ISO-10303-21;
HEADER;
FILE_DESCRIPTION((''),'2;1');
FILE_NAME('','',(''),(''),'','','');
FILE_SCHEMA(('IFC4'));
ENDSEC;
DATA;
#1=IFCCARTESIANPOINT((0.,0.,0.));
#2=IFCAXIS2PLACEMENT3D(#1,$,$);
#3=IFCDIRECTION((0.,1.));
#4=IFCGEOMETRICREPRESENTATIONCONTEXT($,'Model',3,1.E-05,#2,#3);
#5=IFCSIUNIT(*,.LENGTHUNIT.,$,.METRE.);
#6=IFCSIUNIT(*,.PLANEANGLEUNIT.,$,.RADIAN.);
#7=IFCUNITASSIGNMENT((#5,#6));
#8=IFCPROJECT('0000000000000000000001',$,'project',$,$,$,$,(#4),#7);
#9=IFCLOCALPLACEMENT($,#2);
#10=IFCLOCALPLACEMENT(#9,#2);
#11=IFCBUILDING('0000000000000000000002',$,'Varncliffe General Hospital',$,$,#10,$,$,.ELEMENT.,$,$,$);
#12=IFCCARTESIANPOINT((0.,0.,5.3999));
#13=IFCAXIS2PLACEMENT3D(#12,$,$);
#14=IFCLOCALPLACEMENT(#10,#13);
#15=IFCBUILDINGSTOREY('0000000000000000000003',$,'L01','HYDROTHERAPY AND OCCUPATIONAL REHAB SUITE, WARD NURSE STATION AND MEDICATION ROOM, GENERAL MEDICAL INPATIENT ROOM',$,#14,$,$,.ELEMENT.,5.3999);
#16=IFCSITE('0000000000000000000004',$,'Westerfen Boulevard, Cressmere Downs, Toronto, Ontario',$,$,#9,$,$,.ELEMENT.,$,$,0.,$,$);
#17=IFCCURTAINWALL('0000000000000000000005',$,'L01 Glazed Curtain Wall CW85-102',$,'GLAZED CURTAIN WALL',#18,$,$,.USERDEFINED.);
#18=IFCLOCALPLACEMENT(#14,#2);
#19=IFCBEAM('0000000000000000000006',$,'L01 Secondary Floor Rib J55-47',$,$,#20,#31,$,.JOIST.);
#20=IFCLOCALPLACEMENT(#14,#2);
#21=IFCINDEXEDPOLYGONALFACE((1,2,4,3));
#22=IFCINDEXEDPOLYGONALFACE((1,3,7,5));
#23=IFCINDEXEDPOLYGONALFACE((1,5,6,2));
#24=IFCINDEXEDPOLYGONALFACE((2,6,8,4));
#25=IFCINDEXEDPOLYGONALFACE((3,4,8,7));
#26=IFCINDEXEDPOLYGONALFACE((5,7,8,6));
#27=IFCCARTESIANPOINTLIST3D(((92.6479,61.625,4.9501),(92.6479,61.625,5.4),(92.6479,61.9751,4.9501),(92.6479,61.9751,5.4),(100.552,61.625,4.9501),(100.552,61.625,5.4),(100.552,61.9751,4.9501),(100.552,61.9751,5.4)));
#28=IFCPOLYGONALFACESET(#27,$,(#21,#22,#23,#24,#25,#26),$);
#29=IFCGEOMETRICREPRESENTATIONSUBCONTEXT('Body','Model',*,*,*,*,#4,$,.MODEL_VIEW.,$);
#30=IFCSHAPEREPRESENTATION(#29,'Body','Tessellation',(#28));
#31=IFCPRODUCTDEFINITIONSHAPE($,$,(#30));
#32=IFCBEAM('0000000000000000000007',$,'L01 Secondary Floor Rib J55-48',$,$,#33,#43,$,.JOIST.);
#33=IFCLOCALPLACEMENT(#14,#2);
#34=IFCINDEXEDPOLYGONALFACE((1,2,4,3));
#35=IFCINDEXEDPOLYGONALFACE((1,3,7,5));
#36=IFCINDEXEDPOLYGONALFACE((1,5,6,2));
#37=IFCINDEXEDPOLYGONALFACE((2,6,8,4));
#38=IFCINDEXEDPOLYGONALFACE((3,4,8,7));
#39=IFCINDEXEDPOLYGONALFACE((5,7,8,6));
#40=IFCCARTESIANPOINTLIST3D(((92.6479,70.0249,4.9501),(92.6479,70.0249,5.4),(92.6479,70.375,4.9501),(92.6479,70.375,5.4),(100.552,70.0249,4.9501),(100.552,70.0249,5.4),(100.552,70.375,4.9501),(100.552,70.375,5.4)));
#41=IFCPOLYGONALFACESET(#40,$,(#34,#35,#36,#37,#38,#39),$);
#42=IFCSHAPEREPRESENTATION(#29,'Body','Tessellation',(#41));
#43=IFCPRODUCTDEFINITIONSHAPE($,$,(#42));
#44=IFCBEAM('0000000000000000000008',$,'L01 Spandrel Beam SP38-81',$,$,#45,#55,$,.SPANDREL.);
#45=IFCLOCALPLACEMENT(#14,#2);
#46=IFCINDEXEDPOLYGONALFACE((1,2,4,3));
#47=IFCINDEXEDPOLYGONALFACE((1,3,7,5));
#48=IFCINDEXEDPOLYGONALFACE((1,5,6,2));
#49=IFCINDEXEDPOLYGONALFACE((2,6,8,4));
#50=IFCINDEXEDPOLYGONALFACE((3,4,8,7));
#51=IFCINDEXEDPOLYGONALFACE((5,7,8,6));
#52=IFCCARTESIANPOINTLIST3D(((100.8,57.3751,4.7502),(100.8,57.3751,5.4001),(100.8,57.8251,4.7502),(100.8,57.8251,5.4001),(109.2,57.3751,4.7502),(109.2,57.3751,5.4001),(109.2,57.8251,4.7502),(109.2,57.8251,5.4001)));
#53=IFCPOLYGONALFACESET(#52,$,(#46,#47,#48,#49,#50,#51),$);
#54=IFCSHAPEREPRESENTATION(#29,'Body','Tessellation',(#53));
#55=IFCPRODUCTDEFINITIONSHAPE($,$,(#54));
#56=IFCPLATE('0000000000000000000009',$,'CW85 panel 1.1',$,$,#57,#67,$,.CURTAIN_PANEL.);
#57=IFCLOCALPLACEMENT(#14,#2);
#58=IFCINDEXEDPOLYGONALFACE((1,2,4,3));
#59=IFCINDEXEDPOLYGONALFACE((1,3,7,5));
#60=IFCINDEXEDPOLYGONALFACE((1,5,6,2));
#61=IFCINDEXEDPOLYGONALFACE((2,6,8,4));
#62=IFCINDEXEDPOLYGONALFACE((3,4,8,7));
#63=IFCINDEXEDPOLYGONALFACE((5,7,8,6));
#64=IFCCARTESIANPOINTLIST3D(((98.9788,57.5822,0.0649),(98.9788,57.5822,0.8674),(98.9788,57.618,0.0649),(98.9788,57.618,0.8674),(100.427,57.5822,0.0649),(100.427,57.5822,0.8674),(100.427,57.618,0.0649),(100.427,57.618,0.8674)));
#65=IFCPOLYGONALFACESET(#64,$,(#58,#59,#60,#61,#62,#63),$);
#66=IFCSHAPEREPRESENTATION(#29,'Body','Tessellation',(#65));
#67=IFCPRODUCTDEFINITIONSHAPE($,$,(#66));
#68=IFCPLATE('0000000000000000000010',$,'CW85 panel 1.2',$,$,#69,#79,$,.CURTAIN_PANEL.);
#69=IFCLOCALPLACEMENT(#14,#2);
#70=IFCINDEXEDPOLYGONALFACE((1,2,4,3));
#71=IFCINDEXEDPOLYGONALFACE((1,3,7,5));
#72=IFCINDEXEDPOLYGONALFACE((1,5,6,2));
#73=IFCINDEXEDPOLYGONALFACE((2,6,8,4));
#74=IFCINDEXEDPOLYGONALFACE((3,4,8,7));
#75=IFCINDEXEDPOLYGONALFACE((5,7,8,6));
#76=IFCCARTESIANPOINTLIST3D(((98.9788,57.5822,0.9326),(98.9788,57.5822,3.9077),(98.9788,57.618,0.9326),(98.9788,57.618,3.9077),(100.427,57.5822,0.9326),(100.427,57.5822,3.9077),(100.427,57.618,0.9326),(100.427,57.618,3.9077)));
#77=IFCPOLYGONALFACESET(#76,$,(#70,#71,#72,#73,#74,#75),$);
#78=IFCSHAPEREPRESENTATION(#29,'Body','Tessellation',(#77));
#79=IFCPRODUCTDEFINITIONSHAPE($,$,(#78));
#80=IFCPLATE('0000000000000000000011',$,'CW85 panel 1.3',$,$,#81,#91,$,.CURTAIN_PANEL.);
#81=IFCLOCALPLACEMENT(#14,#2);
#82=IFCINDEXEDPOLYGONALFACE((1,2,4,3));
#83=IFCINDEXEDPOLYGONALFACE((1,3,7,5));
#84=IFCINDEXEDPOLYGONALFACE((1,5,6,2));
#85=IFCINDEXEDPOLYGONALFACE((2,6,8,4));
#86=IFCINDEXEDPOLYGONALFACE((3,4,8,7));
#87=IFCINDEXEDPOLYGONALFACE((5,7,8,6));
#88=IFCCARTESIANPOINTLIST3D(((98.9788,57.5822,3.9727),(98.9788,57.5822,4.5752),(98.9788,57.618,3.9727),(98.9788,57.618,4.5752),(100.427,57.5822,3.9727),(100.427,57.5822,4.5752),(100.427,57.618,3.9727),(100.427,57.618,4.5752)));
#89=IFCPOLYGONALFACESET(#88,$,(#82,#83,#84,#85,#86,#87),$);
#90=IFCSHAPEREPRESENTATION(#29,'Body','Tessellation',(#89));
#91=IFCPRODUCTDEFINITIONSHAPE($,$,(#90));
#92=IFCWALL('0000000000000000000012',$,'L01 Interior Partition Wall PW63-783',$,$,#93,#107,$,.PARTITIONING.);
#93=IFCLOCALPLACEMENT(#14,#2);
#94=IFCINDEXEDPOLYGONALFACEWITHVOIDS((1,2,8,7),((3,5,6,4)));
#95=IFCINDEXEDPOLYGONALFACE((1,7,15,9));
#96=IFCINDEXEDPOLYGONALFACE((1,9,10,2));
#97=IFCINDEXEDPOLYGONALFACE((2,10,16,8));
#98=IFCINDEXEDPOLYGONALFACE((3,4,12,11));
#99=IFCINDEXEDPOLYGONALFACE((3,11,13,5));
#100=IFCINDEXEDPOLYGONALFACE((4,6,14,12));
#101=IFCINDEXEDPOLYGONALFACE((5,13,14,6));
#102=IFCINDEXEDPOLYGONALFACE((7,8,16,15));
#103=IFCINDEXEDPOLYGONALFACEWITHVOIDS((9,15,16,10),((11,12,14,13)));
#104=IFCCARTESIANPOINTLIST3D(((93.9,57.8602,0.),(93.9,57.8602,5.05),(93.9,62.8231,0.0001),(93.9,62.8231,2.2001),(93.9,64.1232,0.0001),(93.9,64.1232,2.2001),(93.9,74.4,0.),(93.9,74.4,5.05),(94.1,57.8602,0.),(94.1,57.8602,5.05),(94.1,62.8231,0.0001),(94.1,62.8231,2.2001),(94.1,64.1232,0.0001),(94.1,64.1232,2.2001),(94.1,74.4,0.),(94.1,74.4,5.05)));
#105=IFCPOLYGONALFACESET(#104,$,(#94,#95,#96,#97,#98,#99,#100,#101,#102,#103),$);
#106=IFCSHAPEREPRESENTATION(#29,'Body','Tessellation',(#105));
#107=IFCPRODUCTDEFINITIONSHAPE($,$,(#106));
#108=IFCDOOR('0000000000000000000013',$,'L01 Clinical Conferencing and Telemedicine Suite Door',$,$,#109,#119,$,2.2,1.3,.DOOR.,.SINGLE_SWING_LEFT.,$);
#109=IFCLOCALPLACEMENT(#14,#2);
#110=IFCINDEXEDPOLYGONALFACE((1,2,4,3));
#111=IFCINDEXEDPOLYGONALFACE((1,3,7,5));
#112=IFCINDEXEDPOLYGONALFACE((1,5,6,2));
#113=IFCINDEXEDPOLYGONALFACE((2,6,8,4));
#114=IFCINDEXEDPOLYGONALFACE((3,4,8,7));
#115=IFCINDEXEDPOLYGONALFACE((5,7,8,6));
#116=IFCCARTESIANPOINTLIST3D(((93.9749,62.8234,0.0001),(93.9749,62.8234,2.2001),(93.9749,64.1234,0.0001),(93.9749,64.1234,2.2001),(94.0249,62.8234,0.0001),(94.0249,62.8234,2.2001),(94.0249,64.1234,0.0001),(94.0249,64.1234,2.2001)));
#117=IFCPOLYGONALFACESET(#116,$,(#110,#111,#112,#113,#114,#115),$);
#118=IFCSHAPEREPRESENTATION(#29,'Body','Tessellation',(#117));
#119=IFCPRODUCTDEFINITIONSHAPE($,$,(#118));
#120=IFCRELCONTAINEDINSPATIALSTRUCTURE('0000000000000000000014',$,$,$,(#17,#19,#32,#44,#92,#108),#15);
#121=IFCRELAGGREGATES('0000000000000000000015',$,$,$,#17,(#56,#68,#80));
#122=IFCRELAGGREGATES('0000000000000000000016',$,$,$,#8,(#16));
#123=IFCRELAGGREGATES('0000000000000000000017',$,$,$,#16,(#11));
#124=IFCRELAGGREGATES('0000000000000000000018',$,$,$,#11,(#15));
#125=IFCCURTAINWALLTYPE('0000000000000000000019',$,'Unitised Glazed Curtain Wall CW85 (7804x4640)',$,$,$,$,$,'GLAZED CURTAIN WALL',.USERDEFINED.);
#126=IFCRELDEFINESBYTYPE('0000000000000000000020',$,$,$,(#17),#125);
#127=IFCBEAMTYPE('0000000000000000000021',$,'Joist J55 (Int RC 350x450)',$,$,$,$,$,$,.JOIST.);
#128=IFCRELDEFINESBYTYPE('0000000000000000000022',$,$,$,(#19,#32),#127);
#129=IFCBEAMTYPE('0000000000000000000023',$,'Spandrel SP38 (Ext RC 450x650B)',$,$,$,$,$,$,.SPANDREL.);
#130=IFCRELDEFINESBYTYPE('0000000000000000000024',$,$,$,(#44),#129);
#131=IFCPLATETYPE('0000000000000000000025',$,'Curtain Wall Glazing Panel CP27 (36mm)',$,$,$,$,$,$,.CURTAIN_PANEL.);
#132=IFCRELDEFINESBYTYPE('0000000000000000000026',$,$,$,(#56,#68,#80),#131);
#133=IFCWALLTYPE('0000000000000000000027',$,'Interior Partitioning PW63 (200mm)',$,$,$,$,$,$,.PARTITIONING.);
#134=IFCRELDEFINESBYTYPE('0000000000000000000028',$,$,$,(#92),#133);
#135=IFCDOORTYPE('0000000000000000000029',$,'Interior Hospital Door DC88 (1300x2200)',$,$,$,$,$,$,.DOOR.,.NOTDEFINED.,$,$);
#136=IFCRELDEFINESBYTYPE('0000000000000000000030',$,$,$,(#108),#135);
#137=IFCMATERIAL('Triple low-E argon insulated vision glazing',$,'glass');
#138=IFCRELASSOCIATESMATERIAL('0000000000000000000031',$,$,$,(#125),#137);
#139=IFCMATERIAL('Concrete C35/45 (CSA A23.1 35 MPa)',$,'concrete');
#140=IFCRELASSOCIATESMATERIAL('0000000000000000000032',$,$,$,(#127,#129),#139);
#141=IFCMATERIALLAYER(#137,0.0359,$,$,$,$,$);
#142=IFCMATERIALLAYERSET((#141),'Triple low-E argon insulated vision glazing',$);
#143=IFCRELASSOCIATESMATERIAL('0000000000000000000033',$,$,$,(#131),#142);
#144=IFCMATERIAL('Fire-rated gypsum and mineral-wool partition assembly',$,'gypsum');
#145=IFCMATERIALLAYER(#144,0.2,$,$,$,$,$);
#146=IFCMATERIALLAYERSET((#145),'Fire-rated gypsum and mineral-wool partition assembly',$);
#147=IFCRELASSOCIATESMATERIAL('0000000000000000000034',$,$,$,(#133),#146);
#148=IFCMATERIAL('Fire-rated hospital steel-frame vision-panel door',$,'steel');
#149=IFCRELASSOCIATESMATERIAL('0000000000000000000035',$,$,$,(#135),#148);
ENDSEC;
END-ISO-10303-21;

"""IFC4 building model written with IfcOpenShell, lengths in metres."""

from ifc_helpers import new_model, si_unit, direction, frame, frame_2d, origin, origin_2d, place, context, subcontext, project, spatial, rectangle, extrude, material, layer, layer_set, material_profile, profile_set, type_object, element, fill, aggregate, save


model = new_model("IFC4")

# Units and contexts
model_context = context("Model", 3, precision=1e-05, world=origin(), true_north=direction((0.0, 1.0)))
body_context = subcontext(model_context, "Body", "Model", "MODEL_VIEW")
ifc_project = project(units=[si_unit("LENGTHUNIT", "METRE"), si_unit("PLANEANGLEUNIT", "RADIAN")], contexts=[model_context])

# Site, building, storey
site_placement = place(None, origin())
site = spatial("IfcSite", under=ifc_project, at=site_placement, Name="Westerfen Boulevard, Cressmere Downs, Toronto, Ontario", CompositionType="ELEMENT", RefElevation=0.0)
building_placement = place(site_placement, origin())
building = spatial("IfcBuilding", under=site, at=building_placement, Name="Varncliffe General Hospital", CompositionType="ELEMENT")
storey_placement = place(building_placement, frame((0.0, 0.0, 5.3999)))
storey = spatial("IfcBuildingStorey", under=building, at=storey_placement, Name="L01", Description="HYDROTHERAPY AND OCCUPATIONAL REHAB SUITE, WARD NURSE STATION AND MEDICATION ROOM, GENERAL MEDICAL INPATIENT ROOM", CompositionType="ELEMENT", Elevation=5.3999)

# Shared definitions
ifc_material_1 = material(Name="Concrete C35/45 (CSA A23.1 35 MPa)", Category="concrete")

# Curtain wall
ifc_material_2 = material(Name="Triple low-E argon insulated vision glazing", Category="glass")
curtain_wall_type = type_object("IfcCurtainWallType", Name="Unitised Glazed Curtain Wall CW85 (7804x4640)", ElementType="GLAZED CURTAIN WALL", PredefinedType="USERDEFINED", material=ifc_material_2)
curtain_wall_placement = place(storey_placement, origin())
curtain_wall = element("IfcCurtainWall", 1, at=curtain_wall_placement, inside=storey, type_object=curtain_wall_type, Name="L01 Glazed Curtain Wall CW85-102", ObjectType="GLAZED CURTAIN WALL", PredefinedType="USERDEFINED")

# Beams
ifc_material_profile_1 = material_profile(ifc_material_1, rectangle(XDim=0.3501, YDim=0.45, at=origin_2d()), Name="RC 350x450")
ifc_profile_set_1 = profile_set([ifc_material_profile_1], Name="Concrete C35/45 (CSA A23.1 35 MPa)")
beam_type_1 = type_object("IfcBeamType", Name="Joist J55 (Int RC 350x450)", PredefinedType="JOIST", material=ifc_profile_set_1)
for number, where, z_axis, x_axis, name in (
    (2, (92.6479, 61.8, 5.175), (1.0, 0.0, 0.0), (0.0, 1.0, 0.0), "L01 Secondary Floor Rib J55-47"),
    (3, (92.6479, 70.2, 5.175), (1.0, 0.0, 0.0), (0.0, 1.0, 0.0), "L01 Secondary Floor Rib J55-48"),
):
    element("IfcBeam", number, at=place(storey_placement, frame(where, z_axis=z_axis, x_axis=x_axis)), inside=storey, type_object=beam_type_1, Name=name, PredefinedType="JOIST", context=body_context, shape_type="SweptSolid", body=[
        extrude(rectangle(XDim=0.3501, YDim=0.45, at=origin_2d()), origin(), (0.0, 0.0, 1.0), 7.9041),
    ])
ifc_material_profile_2 = material_profile(ifc_material_1, rectangle(XDim=0.45, YDim=0.6499, at=origin_2d()), Name="RC 450x650")
ifc_profile_set_2 = profile_set([ifc_material_profile_2], Name="Concrete C35/45 (CSA A23.1 35 MPa)")
beam_type_2 = type_object("IfcBeamType", Name="Spandrel SP38 (Ext RC 450x650B)", PredefinedType="SPANDREL", material=ifc_profile_set_2)
beam_1_placement = place(storey_placement, frame((100.8, 57.6001, 5.0752), z_axis=(1.0, 0.0, 0.0), x_axis=(0.0, 1.0, 0.0)))
element("IfcBeam", 4, at=beam_1_placement, inside=storey, type_object=beam_type_2, Name="L01 Spandrel Beam SP38-81", PredefinedType="SPANDREL", context=body_context, shape_type="SweptSolid", body=[
    extrude(rectangle(XDim=0.45, YDim=0.6499, at=origin_2d()), origin(), (0.0, 0.0, 1.0), 8.3999),
])

# Plates
ifc_layer_1 = layer(ifc_material_2, 0.0359)
ifc_layer_set_1 = layer_set([ifc_layer_1], Name="Triple low-E argon insulated vision glazing")
plate_type = type_object("IfcPlateType", Name="Curtain Wall Glazing Panel CP27 (36mm)", PredefinedType="CURTAIN_PANEL", material=ifc_layer_set_1)
plate_1_placement = place(storey_placement, frame((99.7029, 57.6001, 0.0649), z_axis=(0.0, 0.0, 1.0), x_axis=(-1.0, 0.0, 0.0)))
plate_1 = element("IfcPlate", 5, at=plate_1_placement, type_object=plate_type, Name="CW85 panel 1.1", PredefinedType="CURTAIN_PANEL", context=body_context, shape_type="SweptSolid", body=[
    extrude(rectangle(XDim=1.4482, YDim=0.0359, at=origin_2d()), origin(), (0.0, 0.0, 1.0), 0.8025),
])
plate_2_placement = place(storey_placement, frame((99.7029, 57.6001, 0.9326), z_axis=(0.0, 0.0, 1.0), x_axis=(-1.0, 0.0, 0.0)))
plate_2 = element("IfcPlate", 6, at=plate_2_placement, type_object=plate_type, Name="CW85 panel 1.2", PredefinedType="CURTAIN_PANEL", context=body_context, shape_type="SweptSolid", body=[
    extrude(rectangle(XDim=1.4482, YDim=0.0359, at=origin_2d()), origin(), (0.0, 0.0, 1.0), 2.9751),
])
plate_3_placement = place(storey_placement, frame((99.7029, 57.6001, 3.9727), z_axis=(0.0, 0.0, 1.0), x_axis=(-1.0, 0.0, 0.0)))
plate_3 = element("IfcPlate", 7, at=plate_3_placement, type_object=plate_type, Name="CW85 panel 1.3", PredefinedType="CURTAIN_PANEL", context=body_context, shape_type="SweptSolid", body=[
    extrude(rectangle(XDim=1.4482, YDim=0.0359, at=origin_2d()), origin(), (0.0, 0.0, 1.0), 0.6025),
])
aggregate(curtain_wall, [plate_1, plate_2, plate_3])

# Wall, opening, door
ifc_material_3 = material(Name="Fire-rated gypsum and mineral-wool partition assembly", Category="gypsum")
ifc_layer_2 = layer(ifc_material_3, 0.2)
ifc_layer_set_2 = layer_set([ifc_layer_2], Name="Fire-rated gypsum and mineral-wool partition assembly")
wall_type = type_object("IfcWallType", Name="Interior Partitioning PW63 (200mm)", PredefinedType="PARTITIONING", material=ifc_layer_set_2)
wall_placement = place(storey_placement, frame((94.0, 57.8601, 0.0), z_axis=(0.0, 0.0, 1.0), x_axis=(0.0, 1.0, 0.0)))
wall = element("IfcWall", 8, at=wall_placement, inside=storey, type_object=wall_type, Name="L01 Interior Partition Wall PW63-783", PredefinedType="PARTITIONING", context=body_context, shape_type="SweptSolid", body=[
    extrude(rectangle(XDim=16.5398, YDim=0.2, at=frame_2d((8.27, 0.0))), origin(), (0.0, 0.0, 1.0), 5.05),
])
opening_placement = place(wall_placement, frame((4.9631, 0.0, 0.0)))
opening = element("IfcOpeningElement", 9, at=opening_placement, cuts=wall, PredefinedType="OPENING", context=body_context, shape_type="SweptSolid", body=[
    extrude(rectangle(XDim=1.3, YDim=2.2, at=frame_2d((0.6499, 1.1001))), frame((0.0, 0.1099, 0.0), z_axis=(0.0, -1.0, 0.0), x_axis=(1.0, 0.0, 0.0)), (0.0, 0.0, 1.0), 0.22),
])
ifc_material_4 = material(Name="Fire-rated hospital steel-frame vision-panel door", Category="steel")
door_type = type_object("IfcDoorType", Name="Interior Hospital Door DC88 (1300x2200)", OperationType="NOTDEFINED", PredefinedType="DOOR", material=ifc_material_4)
door_placement = place(opening_placement, frame((1.3, 0.0, 0.0), z_axis=(0.0, 0.0, 1.0), x_axis=(-1.0, 0.0, 0.0)))
door = element("IfcDoor", 10, at=door_placement, inside=storey, type_object=door_type, Name="L01 Clinical Conferencing and Telemedicine Suite Door", OperationType="SINGLE_SWING_LEFT", OverallHeight=2.2, OverallWidth=1.3, PredefinedType="DOOR", context=body_context, shape_type="SweptSolid", body=[
    extrude(rectangle(XDim=1.3, YDim=2.2, at=frame_2d((0.6499, 1.1001))), frame((0.0, 0.0249, 0.0), z_axis=(0.0, -1.0, 0.0), x_axis=(1.0, 0.0, 0.0)), (0.0, 0.0, 1.0), 0.05),
])
fill(opening, door)

save(model, "model.ifc")
